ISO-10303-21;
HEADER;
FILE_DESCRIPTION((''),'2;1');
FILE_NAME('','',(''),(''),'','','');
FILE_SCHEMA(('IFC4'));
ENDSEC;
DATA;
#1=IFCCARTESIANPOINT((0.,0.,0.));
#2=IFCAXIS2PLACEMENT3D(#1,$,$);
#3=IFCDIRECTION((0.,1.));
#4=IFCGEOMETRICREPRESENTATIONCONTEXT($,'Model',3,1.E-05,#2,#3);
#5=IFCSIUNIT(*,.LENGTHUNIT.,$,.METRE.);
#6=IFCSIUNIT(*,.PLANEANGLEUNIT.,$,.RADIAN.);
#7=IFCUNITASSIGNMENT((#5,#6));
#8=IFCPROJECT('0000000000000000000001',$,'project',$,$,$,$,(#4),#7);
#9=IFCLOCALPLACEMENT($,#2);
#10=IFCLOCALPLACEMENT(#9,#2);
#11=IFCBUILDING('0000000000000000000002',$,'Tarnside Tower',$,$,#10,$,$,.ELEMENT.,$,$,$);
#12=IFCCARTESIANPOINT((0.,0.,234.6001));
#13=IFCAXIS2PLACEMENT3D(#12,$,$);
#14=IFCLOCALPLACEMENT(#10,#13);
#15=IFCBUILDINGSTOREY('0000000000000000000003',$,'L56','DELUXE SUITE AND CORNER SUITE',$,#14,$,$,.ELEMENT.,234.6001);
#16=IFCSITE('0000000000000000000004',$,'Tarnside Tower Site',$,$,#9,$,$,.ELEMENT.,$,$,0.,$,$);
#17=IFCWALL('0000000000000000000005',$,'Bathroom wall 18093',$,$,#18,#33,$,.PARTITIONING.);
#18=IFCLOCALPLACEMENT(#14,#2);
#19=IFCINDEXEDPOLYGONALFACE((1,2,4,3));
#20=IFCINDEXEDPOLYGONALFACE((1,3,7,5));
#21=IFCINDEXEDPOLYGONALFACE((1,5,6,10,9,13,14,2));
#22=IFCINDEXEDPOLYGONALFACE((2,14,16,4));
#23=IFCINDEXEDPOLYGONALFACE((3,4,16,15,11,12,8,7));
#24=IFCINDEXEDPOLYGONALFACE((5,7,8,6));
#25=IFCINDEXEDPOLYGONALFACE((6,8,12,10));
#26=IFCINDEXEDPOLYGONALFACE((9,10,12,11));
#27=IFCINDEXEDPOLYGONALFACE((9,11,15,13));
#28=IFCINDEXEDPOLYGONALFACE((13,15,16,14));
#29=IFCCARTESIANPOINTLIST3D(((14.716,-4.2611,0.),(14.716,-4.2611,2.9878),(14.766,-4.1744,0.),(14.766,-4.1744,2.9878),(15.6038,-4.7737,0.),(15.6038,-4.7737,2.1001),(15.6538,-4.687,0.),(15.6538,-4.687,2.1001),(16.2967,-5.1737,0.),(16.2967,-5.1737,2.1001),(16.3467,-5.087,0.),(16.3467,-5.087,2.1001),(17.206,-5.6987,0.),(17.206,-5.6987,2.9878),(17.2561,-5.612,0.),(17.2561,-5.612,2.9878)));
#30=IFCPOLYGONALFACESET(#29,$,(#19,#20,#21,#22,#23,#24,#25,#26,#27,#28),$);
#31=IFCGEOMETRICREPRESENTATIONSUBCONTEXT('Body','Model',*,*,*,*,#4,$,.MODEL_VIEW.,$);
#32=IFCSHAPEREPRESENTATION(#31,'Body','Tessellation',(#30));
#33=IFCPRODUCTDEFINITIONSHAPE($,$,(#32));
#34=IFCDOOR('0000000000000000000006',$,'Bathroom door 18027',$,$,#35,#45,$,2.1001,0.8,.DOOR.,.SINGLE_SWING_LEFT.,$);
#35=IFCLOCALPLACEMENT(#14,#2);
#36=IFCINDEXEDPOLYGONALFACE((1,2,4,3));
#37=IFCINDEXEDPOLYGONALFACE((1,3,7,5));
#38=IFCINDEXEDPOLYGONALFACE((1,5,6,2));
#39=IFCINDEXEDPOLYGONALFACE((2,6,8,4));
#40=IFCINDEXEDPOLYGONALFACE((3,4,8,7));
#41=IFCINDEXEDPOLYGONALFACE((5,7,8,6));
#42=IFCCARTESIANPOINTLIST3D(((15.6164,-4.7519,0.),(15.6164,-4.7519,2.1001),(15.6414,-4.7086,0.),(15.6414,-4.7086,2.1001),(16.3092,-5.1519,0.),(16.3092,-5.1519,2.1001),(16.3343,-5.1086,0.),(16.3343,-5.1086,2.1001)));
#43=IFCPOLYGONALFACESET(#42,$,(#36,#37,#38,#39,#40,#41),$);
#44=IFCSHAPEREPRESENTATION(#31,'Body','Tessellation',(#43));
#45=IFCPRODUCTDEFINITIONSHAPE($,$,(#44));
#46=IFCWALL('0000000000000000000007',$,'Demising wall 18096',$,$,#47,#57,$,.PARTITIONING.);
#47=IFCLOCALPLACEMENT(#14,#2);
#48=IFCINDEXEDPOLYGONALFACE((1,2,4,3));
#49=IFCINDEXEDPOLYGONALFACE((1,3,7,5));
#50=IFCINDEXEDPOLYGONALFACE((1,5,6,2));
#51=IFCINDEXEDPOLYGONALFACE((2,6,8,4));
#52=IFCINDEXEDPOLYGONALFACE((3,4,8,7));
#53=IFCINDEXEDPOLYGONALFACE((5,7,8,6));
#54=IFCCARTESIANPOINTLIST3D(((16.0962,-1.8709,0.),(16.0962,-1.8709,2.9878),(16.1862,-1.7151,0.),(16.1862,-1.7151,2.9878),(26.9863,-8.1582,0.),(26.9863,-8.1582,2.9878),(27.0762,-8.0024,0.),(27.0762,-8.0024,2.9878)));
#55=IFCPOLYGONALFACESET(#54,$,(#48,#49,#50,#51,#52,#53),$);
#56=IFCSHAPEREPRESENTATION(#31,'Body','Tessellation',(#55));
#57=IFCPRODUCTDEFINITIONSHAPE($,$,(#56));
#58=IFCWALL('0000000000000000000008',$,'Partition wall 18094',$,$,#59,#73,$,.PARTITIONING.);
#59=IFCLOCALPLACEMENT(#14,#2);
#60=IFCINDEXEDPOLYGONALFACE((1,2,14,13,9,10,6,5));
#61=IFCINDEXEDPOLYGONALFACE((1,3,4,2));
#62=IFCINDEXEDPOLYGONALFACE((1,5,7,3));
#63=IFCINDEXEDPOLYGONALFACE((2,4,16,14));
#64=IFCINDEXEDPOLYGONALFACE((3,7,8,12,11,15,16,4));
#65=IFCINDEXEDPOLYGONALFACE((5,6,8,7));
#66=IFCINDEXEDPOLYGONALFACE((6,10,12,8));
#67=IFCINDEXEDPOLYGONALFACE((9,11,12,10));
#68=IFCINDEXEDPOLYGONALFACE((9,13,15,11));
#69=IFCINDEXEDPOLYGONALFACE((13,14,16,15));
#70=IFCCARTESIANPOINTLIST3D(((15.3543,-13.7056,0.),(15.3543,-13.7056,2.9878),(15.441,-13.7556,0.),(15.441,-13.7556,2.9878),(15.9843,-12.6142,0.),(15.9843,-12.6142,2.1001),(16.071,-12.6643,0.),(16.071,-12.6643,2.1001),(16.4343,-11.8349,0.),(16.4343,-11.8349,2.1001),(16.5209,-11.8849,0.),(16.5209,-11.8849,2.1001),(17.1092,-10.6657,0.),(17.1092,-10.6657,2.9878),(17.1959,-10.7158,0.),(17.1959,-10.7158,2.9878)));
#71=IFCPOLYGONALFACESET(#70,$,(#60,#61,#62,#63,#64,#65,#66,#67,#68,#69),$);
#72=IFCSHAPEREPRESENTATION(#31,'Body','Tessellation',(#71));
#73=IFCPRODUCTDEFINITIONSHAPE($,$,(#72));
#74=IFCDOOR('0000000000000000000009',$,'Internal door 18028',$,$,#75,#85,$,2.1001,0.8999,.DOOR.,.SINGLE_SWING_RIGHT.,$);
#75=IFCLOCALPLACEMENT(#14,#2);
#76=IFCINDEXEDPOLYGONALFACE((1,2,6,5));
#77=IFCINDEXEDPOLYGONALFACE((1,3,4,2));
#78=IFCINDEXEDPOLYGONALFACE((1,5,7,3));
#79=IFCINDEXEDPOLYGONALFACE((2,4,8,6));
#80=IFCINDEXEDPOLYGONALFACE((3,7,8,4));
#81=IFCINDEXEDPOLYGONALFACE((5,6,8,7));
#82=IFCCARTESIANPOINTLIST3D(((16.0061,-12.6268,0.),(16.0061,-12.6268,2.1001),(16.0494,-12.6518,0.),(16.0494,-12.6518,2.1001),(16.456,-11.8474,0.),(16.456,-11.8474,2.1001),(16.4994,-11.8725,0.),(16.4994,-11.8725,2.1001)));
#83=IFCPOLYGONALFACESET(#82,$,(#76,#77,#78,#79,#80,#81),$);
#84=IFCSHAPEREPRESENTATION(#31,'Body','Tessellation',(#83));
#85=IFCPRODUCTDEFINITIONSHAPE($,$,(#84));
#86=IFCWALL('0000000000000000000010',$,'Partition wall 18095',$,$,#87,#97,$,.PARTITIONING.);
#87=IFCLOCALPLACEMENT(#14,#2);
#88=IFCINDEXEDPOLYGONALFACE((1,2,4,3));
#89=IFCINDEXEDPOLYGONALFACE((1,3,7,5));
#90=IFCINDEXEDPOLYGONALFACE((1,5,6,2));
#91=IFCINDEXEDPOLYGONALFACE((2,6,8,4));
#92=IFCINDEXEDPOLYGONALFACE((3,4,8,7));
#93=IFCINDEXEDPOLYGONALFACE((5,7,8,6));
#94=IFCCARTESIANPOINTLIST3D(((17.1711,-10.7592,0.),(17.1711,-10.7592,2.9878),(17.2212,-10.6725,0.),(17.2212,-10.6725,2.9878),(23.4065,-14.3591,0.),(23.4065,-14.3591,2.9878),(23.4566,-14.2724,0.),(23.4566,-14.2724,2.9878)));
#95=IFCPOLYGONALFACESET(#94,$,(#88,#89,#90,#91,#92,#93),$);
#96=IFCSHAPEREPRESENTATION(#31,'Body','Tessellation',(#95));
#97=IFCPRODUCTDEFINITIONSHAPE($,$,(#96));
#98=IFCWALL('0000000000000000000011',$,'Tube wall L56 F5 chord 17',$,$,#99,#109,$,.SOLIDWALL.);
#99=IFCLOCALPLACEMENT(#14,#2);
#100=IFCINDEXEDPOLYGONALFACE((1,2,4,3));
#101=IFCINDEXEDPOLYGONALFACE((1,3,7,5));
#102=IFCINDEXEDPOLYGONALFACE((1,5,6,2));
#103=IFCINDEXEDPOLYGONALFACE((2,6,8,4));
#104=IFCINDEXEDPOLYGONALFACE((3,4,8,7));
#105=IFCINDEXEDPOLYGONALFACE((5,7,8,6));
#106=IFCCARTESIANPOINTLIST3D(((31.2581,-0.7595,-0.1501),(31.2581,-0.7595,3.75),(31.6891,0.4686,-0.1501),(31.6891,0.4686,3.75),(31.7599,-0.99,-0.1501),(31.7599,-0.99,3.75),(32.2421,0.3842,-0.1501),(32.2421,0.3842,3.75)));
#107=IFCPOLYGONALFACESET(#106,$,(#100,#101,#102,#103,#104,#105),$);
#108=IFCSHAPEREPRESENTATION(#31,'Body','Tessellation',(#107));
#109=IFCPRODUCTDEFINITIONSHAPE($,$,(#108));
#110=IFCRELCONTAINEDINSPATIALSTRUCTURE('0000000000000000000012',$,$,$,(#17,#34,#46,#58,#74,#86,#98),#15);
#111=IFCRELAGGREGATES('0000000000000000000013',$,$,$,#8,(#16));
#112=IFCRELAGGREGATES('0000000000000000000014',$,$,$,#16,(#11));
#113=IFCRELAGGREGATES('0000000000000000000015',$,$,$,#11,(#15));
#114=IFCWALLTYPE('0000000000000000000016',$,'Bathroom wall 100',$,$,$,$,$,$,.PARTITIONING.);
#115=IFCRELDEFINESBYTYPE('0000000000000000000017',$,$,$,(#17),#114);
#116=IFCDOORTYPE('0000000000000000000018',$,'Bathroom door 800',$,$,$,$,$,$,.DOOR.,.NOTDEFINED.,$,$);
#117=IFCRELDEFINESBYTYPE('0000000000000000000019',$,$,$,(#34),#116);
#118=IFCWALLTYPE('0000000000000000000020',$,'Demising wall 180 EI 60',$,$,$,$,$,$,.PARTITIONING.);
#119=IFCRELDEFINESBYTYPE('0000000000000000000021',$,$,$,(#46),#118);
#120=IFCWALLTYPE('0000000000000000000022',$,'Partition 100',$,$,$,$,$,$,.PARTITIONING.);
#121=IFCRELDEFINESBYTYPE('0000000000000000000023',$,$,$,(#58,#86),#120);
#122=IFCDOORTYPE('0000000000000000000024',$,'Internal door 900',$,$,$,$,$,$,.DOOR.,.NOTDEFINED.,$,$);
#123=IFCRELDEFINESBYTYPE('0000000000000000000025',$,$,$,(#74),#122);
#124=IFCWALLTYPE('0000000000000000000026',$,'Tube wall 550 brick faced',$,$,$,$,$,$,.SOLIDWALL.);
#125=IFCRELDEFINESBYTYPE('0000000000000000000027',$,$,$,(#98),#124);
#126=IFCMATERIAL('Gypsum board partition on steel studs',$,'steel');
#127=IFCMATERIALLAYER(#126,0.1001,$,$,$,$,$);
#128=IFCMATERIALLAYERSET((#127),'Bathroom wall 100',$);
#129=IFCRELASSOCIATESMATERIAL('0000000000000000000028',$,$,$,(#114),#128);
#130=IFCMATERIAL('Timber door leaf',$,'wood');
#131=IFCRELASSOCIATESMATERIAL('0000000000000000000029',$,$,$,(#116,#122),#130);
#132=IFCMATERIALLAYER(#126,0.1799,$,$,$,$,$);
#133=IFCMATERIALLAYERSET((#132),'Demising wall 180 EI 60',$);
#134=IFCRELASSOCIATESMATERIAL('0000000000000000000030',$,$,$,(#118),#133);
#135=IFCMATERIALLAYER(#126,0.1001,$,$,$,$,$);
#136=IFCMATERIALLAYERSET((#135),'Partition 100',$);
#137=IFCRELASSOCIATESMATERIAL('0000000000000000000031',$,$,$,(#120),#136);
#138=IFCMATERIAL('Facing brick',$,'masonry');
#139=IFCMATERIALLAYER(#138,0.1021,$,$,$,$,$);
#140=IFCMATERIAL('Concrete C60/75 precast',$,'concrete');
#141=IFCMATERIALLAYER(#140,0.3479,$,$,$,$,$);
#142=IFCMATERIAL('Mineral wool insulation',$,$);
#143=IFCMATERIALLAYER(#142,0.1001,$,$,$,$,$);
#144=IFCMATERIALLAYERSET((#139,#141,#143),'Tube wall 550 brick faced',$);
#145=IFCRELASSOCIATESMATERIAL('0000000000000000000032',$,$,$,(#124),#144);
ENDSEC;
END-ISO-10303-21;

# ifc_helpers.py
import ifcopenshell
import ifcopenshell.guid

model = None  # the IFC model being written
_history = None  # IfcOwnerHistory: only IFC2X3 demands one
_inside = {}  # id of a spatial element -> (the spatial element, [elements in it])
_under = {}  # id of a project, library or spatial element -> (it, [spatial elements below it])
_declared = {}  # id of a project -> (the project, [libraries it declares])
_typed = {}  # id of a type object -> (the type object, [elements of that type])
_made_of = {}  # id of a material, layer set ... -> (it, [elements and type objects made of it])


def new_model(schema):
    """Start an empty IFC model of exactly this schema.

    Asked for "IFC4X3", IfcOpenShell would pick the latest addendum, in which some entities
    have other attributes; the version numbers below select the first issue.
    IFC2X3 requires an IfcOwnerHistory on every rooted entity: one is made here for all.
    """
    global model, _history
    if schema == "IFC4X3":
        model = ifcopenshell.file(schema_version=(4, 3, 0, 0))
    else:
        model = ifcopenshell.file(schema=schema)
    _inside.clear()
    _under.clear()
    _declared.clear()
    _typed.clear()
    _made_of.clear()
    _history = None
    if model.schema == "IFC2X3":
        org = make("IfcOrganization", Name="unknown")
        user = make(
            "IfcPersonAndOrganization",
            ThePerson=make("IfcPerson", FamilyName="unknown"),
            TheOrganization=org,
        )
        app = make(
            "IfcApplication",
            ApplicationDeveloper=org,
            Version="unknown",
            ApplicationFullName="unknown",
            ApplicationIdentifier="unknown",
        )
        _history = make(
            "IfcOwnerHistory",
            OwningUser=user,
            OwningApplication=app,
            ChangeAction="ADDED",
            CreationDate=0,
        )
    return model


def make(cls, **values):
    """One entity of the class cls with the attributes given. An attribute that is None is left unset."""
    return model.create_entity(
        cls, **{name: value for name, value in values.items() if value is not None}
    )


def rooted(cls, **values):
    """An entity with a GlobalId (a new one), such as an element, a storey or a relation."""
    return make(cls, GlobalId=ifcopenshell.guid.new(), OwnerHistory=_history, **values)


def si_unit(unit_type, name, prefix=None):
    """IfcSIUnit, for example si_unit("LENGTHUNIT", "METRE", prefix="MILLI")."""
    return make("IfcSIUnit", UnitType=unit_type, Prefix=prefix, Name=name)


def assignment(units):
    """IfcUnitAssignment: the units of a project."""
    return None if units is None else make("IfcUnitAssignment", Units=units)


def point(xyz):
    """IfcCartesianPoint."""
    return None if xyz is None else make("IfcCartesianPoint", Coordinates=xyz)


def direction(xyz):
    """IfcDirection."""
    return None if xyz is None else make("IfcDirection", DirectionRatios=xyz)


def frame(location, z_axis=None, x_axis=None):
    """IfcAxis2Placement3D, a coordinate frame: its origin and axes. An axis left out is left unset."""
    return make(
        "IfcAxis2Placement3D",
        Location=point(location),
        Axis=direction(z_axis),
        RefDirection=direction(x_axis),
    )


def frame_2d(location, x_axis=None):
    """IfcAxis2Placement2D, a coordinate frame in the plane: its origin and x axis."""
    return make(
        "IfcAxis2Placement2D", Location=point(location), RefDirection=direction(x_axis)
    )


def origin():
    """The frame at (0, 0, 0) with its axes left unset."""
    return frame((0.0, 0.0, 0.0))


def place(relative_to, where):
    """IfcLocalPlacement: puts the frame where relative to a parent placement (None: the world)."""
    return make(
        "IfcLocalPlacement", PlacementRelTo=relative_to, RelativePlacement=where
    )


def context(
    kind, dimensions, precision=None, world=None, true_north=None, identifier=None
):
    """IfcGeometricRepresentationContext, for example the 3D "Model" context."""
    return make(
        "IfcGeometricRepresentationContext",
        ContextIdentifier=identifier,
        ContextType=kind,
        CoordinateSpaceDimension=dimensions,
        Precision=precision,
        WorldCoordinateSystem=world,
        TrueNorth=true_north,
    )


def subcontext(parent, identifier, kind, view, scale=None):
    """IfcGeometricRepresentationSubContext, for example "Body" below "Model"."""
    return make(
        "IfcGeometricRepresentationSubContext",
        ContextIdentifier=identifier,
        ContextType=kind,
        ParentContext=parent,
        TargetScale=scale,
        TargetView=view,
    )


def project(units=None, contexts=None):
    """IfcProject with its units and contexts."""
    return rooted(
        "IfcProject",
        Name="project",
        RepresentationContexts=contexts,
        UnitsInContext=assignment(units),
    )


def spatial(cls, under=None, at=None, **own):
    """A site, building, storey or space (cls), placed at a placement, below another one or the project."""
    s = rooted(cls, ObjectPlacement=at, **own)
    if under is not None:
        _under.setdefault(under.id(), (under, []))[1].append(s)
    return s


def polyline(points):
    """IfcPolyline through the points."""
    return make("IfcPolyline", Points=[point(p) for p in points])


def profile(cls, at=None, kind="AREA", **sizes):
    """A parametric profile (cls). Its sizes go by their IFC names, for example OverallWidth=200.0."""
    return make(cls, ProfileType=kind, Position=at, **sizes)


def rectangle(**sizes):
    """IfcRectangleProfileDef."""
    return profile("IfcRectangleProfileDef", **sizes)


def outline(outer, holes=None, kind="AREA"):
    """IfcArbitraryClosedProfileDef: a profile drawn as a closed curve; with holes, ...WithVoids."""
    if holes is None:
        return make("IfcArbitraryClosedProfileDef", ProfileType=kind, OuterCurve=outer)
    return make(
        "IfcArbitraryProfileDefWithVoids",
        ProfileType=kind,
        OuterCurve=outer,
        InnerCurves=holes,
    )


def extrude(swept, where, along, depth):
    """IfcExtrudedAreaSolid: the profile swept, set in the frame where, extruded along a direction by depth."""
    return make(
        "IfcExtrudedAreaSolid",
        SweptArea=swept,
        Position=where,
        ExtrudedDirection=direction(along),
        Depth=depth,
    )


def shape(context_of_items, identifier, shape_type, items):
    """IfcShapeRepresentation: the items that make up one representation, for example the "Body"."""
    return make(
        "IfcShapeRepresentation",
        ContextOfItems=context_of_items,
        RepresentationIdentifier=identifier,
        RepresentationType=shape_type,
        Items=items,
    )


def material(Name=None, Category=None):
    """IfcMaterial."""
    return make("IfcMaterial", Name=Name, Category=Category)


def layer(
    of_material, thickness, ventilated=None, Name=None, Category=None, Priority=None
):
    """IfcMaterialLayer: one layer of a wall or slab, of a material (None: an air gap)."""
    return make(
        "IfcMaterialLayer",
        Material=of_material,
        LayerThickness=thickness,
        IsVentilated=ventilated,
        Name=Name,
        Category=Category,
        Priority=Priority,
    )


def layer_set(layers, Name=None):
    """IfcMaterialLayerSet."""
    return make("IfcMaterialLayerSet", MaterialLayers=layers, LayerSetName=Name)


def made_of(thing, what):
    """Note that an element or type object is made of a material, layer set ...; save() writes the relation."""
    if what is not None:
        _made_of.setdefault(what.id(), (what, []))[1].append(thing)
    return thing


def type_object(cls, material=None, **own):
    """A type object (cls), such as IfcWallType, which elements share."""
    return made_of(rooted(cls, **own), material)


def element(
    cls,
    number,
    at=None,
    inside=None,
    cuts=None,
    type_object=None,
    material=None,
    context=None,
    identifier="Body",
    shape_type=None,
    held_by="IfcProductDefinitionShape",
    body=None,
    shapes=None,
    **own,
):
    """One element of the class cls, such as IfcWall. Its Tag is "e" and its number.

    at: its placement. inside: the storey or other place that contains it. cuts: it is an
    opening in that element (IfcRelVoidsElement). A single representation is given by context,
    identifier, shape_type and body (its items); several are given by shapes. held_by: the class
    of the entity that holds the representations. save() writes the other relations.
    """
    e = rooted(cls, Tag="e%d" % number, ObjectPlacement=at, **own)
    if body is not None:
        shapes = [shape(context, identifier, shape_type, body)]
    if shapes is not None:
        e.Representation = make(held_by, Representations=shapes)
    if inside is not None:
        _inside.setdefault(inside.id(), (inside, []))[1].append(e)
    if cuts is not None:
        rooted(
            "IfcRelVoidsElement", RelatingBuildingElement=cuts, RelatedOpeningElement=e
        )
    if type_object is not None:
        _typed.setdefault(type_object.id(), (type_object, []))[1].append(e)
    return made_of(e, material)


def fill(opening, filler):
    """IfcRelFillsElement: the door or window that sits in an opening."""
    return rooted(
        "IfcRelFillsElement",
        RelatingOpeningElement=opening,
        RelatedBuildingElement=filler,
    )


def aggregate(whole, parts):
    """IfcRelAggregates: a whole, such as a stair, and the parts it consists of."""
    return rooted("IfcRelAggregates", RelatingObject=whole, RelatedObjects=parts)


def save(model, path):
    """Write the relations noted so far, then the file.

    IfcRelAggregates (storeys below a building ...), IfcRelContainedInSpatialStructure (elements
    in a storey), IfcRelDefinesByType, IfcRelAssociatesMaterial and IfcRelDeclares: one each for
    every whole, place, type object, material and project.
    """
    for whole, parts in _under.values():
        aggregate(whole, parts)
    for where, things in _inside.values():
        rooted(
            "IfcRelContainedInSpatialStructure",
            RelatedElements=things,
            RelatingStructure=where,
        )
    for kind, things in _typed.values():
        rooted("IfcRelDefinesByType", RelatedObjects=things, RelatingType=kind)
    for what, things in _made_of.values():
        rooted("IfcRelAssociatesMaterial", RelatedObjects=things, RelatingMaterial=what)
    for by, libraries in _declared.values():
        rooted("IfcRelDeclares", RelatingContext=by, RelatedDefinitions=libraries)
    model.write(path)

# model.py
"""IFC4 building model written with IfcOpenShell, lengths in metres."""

from ifc_helpers import new_model, si_unit, direction, frame, frame_2d, origin, place, context, subcontext, project, spatial, polyline, rectangle, outline, extrude, material, layer, layer_set, type_object, element, fill, save


model = new_model("IFC4")

# Units and contexts
model_context = context("Model", 3, precision=1e-05, world=origin(), true_north=direction((0.0, 1.0)))
body_context = subcontext(model_context, "Body", "Model", "MODEL_VIEW")
ifc_project = project(units=[si_unit("LENGTHUNIT", "METRE"), si_unit("PLANEANGLEUNIT", "RADIAN")], contexts=[model_context])

# Site, building, storey
site_placement = place(None, origin())
site = spatial("IfcSite", under=ifc_project, at=site_placement, Name="Tarnside Tower Site", CompositionType="ELEMENT", RefElevation=0.0)
building_placement = place(site_placement, origin())
building = spatial("IfcBuilding", under=site, at=building_placement, Name="Tarnside Tower", CompositionType="ELEMENT")
storey_placement = place(building_placement, frame((0.0, 0.0, 234.6001)))
storey = spatial("IfcBuildingStorey", under=building, at=storey_placement, Name="L56", Description="DELUXE SUITE AND CORNER SUITE", CompositionType="ELEMENT", Elevation=234.6001)

# Shared definitions
ifc_material_1 = material(Name="Gypsum board partition on steel studs", Category="steel")
ifc_layer_1 = layer(ifc_material_1, 0.1001)
ifc_layer_set_1 = layer_set([ifc_layer_1], Name="Bathroom wall 100")
wall_type_1 = type_object("IfcWallType", Name="Bathroom wall 100", PredefinedType="PARTITIONING", material=ifc_layer_set_1)
ifc_material_2 = material(Name="Timber door leaf", Category="wood")
door_type_1 = type_object("IfcDoorType", Name="Bathroom door 800", OperationType="NOTDEFINED", PredefinedType="DOOR", material=ifc_material_2)

# Wall, opening, door
wall_1_placement = place(storey_placement, frame((17.231, -5.6553, 0.0), z_axis=(0.0, 0.0, 1.0), x_axis=(-0.86604, 0.499975, 0.0)))
wall_1 = element("IfcWall", 1, at=wall_1_placement, inside=storey, type_object=wall_type_1, Name="Bathroom wall 18093", PredefinedType="PARTITIONING", context=body_context, shape_type="SweptSolid", body=[
    extrude(rectangle(XDim=2.8752, YDim=0.1001, at=frame_2d((1.4375, 0.0))), origin(), (0.0, 0.0, 1.0), 2.9878),
])
opening_1_placement = place(wall_1_placement, frame((1.05, 0.0, 0.0)))
opening_1 = element("IfcOpeningElement", 2, at=opening_1_placement, cuts=wall_1, PredefinedType="OPENING", context=body_context, shape_type="SweptSolid", body=[
    extrude(rectangle(XDim=0.8, YDim=2.1001, at=frame_2d((0.3999, 1.05))), frame((0.0, 0.0601, 0.0), z_axis=(0.0, -1.0, 0.0), x_axis=(1.0, 0.0, 0.0)), (0.0, 0.0, 1.0), 0.1201),
])
door_1_placement = place(opening_1_placement, origin())
door_1 = element("IfcDoor", 3, at=door_1_placement, inside=storey, type_object=door_type_1, Name="Bathroom door 18027", OperationType="SINGLE_SWING_LEFT", OverallHeight=2.1001, OverallWidth=0.8, PredefinedType="DOOR", context=body_context, shape_type="SweptSolid", body=[
    extrude(rectangle(XDim=0.8, YDim=2.1001, at=frame_2d((0.3999, 1.05))), frame((0.0, 0.0249, 0.0), z_axis=(0.0, -1.0, 0.0), x_axis=(1.0, 0.0, 0.0)), (0.0, 0.0, 1.0), 0.05),
])
fill(opening_1, door_1)

# Wall
ifc_layer_2 = layer(ifc_material_1, 0.1799)
ifc_layer_set_2 = layer_set([ifc_layer_2], Name="Demising wall 180 EI 60")
wall_type_2 = type_object("IfcWallType", Name="Demising wall 180 EI 60", PredefinedType="PARTITIONING", material=ifc_layer_set_2)
wall_2_placement = place(storey_placement, frame((27.0312, -8.0803, 0.0), z_axis=(0.0, 0.0, 1.0), x_axis=(-0.866028, 0.499996, 0.0)))
element("IfcWall", 4, at=wall_2_placement, inside=storey, type_object=wall_type_2, Name="Demising wall 18096", PredefinedType="PARTITIONING", context=body_context, shape_type="SweptSolid", body=[
    extrude(rectangle(XDim=12.5747, YDim=0.1799, at=frame_2d((6.2874, 0.0))), origin(), (0.0, 0.0, 1.0), 2.9878),
])

# Wall, opening, door
ifc_layer_3 = layer(ifc_material_1, 0.1001)
ifc_layer_set_3 = layer_set([ifc_layer_3], Name="Partition 100")
wall_type_3 = type_object("IfcWallType", Name="Partition 100", PredefinedType="PARTITIONING", material=ifc_layer_set_3)
wall_3_placement = place(storey_placement, frame((15.3977, -13.7305, 0.0), z_axis=(0.0, 0.0, 1.0), x_axis=(0.499969, 0.866043, 0.0)))
wall_3 = element("IfcWall", 5, at=wall_3_placement, inside=storey, type_object=wall_type_3, Name="Partition wall 18094", PredefinedType="PARTITIONING", context=body_context, shape_type="SweptSolid", body=[
    extrude(rectangle(XDim=3.51, YDim=0.1001, at=frame_2d((1.7549, 0.0))), origin(), (0.0, 0.0, 1.0), 2.9878),
])
opening_2_placement = place(wall_3_placement, frame((1.26, 0.0, 0.0)))
opening_2 = element("IfcOpeningElement", 6, at=opening_2_placement, cuts=wall_3, PredefinedType="OPENING", context=body_context, shape_type="SweptSolid", body=[
    extrude(rectangle(XDim=0.8999, YDim=2.1001, at=frame_2d((0.45, 1.05))), frame((0.0, 0.0601, 0.0), z_axis=(0.0, -1.0, 0.0), x_axis=(1.0, 0.0, 0.0)), (0.0, 0.0, 1.0), 0.1201),
])
door_type_2 = type_object("IfcDoorType", Name="Internal door 900", OperationType="NOTDEFINED", PredefinedType="DOOR", material=ifc_material_2)
door_2_placement = place(opening_2_placement, origin())
door_2 = element("IfcDoor", 7, at=door_2_placement, inside=storey, type_object=door_type_2, Name="Internal door 18028", OperationType="SINGLE_SWING_RIGHT", OverallHeight=2.1001, OverallWidth=0.8999, PredefinedType="DOOR", context=body_context, shape_type="SweptSolid", body=[
    extrude(rectangle(XDim=0.8999, YDim=2.1001, at=frame_2d((0.45, 1.05))), frame((0.0, 0.0249, 0.0), z_axis=(0.0, -1.0, 0.0), x_axis=(1.0, 0.0, 0.0)), (0.0, 0.0, 1.0), 0.05),
])
fill(opening_2, door_2)

# Walls
wall_4_placement = place(storey_placement, frame((17.196, -10.7158, 0.0), z_axis=(0.0, 0.0, 1.0), x_axis=(0.866033, -0.499987, 0.0)))
element("IfcWall", 8, at=wall_4_placement, inside=storey, type_object=wall_type_3, Name="Partition wall 18095", PredefinedType="PARTITIONING", context=body_context, shape_type="SweptSolid", body=[
    extrude(rectangle(XDim=7.2, YDim=0.1001, at=frame_2d((3.6001, 0.0))), origin(), (0.0, 0.0, 1.0), 2.9878),
])
ifc_material_3 = material(Name="Facing brick", Category="masonry")
ifc_layer_4 = layer(ifc_material_3, 0.1021)
ifc_material_4 = material(Name="Concrete C60/75 precast", Category="concrete")
ifc_layer_5 = layer(ifc_material_4, 0.3479)
ifc_material_5 = material(Name="Mineral wool insulation")
ifc_layer_6 = layer(ifc_material_5, 0.1001)
ifc_layer_set_4 = layer_set([ifc_layer_4, ifc_layer_5, ifc_layer_6], Name="Tube wall 550 brick faced")
wall_type_4 = type_object("IfcWallType", Name="Tube wall 550 brick faced", PredefinedType="SOLIDWALL", material=ifc_layer_set_4)
wall_5_placement = place(storey_placement, frame((31.509, -0.8748, -0.1501), z_axis=(0.0, 0.0, 1.0), x_axis=(0.331115, 0.94359, 0.0)))
element("IfcWall", 9, at=wall_5_placement, inside=storey, type_object=wall_type_4, Name="Tube wall L56 F5 chord 17", PredefinedType="SOLIDWALL", context=body_context, shape_type="SweptSolid", body=[
    extrude(outline(polyline([(-0.0256, -0.2749), (1.4307, -0.2749), (1.3271, 0.2749), (0.0256, 0.2749), (-0.0256, -0.2749)])), origin(), (0.0, 0.0, 1.0), 3.9001),
])

save(model, "model.ifc")
